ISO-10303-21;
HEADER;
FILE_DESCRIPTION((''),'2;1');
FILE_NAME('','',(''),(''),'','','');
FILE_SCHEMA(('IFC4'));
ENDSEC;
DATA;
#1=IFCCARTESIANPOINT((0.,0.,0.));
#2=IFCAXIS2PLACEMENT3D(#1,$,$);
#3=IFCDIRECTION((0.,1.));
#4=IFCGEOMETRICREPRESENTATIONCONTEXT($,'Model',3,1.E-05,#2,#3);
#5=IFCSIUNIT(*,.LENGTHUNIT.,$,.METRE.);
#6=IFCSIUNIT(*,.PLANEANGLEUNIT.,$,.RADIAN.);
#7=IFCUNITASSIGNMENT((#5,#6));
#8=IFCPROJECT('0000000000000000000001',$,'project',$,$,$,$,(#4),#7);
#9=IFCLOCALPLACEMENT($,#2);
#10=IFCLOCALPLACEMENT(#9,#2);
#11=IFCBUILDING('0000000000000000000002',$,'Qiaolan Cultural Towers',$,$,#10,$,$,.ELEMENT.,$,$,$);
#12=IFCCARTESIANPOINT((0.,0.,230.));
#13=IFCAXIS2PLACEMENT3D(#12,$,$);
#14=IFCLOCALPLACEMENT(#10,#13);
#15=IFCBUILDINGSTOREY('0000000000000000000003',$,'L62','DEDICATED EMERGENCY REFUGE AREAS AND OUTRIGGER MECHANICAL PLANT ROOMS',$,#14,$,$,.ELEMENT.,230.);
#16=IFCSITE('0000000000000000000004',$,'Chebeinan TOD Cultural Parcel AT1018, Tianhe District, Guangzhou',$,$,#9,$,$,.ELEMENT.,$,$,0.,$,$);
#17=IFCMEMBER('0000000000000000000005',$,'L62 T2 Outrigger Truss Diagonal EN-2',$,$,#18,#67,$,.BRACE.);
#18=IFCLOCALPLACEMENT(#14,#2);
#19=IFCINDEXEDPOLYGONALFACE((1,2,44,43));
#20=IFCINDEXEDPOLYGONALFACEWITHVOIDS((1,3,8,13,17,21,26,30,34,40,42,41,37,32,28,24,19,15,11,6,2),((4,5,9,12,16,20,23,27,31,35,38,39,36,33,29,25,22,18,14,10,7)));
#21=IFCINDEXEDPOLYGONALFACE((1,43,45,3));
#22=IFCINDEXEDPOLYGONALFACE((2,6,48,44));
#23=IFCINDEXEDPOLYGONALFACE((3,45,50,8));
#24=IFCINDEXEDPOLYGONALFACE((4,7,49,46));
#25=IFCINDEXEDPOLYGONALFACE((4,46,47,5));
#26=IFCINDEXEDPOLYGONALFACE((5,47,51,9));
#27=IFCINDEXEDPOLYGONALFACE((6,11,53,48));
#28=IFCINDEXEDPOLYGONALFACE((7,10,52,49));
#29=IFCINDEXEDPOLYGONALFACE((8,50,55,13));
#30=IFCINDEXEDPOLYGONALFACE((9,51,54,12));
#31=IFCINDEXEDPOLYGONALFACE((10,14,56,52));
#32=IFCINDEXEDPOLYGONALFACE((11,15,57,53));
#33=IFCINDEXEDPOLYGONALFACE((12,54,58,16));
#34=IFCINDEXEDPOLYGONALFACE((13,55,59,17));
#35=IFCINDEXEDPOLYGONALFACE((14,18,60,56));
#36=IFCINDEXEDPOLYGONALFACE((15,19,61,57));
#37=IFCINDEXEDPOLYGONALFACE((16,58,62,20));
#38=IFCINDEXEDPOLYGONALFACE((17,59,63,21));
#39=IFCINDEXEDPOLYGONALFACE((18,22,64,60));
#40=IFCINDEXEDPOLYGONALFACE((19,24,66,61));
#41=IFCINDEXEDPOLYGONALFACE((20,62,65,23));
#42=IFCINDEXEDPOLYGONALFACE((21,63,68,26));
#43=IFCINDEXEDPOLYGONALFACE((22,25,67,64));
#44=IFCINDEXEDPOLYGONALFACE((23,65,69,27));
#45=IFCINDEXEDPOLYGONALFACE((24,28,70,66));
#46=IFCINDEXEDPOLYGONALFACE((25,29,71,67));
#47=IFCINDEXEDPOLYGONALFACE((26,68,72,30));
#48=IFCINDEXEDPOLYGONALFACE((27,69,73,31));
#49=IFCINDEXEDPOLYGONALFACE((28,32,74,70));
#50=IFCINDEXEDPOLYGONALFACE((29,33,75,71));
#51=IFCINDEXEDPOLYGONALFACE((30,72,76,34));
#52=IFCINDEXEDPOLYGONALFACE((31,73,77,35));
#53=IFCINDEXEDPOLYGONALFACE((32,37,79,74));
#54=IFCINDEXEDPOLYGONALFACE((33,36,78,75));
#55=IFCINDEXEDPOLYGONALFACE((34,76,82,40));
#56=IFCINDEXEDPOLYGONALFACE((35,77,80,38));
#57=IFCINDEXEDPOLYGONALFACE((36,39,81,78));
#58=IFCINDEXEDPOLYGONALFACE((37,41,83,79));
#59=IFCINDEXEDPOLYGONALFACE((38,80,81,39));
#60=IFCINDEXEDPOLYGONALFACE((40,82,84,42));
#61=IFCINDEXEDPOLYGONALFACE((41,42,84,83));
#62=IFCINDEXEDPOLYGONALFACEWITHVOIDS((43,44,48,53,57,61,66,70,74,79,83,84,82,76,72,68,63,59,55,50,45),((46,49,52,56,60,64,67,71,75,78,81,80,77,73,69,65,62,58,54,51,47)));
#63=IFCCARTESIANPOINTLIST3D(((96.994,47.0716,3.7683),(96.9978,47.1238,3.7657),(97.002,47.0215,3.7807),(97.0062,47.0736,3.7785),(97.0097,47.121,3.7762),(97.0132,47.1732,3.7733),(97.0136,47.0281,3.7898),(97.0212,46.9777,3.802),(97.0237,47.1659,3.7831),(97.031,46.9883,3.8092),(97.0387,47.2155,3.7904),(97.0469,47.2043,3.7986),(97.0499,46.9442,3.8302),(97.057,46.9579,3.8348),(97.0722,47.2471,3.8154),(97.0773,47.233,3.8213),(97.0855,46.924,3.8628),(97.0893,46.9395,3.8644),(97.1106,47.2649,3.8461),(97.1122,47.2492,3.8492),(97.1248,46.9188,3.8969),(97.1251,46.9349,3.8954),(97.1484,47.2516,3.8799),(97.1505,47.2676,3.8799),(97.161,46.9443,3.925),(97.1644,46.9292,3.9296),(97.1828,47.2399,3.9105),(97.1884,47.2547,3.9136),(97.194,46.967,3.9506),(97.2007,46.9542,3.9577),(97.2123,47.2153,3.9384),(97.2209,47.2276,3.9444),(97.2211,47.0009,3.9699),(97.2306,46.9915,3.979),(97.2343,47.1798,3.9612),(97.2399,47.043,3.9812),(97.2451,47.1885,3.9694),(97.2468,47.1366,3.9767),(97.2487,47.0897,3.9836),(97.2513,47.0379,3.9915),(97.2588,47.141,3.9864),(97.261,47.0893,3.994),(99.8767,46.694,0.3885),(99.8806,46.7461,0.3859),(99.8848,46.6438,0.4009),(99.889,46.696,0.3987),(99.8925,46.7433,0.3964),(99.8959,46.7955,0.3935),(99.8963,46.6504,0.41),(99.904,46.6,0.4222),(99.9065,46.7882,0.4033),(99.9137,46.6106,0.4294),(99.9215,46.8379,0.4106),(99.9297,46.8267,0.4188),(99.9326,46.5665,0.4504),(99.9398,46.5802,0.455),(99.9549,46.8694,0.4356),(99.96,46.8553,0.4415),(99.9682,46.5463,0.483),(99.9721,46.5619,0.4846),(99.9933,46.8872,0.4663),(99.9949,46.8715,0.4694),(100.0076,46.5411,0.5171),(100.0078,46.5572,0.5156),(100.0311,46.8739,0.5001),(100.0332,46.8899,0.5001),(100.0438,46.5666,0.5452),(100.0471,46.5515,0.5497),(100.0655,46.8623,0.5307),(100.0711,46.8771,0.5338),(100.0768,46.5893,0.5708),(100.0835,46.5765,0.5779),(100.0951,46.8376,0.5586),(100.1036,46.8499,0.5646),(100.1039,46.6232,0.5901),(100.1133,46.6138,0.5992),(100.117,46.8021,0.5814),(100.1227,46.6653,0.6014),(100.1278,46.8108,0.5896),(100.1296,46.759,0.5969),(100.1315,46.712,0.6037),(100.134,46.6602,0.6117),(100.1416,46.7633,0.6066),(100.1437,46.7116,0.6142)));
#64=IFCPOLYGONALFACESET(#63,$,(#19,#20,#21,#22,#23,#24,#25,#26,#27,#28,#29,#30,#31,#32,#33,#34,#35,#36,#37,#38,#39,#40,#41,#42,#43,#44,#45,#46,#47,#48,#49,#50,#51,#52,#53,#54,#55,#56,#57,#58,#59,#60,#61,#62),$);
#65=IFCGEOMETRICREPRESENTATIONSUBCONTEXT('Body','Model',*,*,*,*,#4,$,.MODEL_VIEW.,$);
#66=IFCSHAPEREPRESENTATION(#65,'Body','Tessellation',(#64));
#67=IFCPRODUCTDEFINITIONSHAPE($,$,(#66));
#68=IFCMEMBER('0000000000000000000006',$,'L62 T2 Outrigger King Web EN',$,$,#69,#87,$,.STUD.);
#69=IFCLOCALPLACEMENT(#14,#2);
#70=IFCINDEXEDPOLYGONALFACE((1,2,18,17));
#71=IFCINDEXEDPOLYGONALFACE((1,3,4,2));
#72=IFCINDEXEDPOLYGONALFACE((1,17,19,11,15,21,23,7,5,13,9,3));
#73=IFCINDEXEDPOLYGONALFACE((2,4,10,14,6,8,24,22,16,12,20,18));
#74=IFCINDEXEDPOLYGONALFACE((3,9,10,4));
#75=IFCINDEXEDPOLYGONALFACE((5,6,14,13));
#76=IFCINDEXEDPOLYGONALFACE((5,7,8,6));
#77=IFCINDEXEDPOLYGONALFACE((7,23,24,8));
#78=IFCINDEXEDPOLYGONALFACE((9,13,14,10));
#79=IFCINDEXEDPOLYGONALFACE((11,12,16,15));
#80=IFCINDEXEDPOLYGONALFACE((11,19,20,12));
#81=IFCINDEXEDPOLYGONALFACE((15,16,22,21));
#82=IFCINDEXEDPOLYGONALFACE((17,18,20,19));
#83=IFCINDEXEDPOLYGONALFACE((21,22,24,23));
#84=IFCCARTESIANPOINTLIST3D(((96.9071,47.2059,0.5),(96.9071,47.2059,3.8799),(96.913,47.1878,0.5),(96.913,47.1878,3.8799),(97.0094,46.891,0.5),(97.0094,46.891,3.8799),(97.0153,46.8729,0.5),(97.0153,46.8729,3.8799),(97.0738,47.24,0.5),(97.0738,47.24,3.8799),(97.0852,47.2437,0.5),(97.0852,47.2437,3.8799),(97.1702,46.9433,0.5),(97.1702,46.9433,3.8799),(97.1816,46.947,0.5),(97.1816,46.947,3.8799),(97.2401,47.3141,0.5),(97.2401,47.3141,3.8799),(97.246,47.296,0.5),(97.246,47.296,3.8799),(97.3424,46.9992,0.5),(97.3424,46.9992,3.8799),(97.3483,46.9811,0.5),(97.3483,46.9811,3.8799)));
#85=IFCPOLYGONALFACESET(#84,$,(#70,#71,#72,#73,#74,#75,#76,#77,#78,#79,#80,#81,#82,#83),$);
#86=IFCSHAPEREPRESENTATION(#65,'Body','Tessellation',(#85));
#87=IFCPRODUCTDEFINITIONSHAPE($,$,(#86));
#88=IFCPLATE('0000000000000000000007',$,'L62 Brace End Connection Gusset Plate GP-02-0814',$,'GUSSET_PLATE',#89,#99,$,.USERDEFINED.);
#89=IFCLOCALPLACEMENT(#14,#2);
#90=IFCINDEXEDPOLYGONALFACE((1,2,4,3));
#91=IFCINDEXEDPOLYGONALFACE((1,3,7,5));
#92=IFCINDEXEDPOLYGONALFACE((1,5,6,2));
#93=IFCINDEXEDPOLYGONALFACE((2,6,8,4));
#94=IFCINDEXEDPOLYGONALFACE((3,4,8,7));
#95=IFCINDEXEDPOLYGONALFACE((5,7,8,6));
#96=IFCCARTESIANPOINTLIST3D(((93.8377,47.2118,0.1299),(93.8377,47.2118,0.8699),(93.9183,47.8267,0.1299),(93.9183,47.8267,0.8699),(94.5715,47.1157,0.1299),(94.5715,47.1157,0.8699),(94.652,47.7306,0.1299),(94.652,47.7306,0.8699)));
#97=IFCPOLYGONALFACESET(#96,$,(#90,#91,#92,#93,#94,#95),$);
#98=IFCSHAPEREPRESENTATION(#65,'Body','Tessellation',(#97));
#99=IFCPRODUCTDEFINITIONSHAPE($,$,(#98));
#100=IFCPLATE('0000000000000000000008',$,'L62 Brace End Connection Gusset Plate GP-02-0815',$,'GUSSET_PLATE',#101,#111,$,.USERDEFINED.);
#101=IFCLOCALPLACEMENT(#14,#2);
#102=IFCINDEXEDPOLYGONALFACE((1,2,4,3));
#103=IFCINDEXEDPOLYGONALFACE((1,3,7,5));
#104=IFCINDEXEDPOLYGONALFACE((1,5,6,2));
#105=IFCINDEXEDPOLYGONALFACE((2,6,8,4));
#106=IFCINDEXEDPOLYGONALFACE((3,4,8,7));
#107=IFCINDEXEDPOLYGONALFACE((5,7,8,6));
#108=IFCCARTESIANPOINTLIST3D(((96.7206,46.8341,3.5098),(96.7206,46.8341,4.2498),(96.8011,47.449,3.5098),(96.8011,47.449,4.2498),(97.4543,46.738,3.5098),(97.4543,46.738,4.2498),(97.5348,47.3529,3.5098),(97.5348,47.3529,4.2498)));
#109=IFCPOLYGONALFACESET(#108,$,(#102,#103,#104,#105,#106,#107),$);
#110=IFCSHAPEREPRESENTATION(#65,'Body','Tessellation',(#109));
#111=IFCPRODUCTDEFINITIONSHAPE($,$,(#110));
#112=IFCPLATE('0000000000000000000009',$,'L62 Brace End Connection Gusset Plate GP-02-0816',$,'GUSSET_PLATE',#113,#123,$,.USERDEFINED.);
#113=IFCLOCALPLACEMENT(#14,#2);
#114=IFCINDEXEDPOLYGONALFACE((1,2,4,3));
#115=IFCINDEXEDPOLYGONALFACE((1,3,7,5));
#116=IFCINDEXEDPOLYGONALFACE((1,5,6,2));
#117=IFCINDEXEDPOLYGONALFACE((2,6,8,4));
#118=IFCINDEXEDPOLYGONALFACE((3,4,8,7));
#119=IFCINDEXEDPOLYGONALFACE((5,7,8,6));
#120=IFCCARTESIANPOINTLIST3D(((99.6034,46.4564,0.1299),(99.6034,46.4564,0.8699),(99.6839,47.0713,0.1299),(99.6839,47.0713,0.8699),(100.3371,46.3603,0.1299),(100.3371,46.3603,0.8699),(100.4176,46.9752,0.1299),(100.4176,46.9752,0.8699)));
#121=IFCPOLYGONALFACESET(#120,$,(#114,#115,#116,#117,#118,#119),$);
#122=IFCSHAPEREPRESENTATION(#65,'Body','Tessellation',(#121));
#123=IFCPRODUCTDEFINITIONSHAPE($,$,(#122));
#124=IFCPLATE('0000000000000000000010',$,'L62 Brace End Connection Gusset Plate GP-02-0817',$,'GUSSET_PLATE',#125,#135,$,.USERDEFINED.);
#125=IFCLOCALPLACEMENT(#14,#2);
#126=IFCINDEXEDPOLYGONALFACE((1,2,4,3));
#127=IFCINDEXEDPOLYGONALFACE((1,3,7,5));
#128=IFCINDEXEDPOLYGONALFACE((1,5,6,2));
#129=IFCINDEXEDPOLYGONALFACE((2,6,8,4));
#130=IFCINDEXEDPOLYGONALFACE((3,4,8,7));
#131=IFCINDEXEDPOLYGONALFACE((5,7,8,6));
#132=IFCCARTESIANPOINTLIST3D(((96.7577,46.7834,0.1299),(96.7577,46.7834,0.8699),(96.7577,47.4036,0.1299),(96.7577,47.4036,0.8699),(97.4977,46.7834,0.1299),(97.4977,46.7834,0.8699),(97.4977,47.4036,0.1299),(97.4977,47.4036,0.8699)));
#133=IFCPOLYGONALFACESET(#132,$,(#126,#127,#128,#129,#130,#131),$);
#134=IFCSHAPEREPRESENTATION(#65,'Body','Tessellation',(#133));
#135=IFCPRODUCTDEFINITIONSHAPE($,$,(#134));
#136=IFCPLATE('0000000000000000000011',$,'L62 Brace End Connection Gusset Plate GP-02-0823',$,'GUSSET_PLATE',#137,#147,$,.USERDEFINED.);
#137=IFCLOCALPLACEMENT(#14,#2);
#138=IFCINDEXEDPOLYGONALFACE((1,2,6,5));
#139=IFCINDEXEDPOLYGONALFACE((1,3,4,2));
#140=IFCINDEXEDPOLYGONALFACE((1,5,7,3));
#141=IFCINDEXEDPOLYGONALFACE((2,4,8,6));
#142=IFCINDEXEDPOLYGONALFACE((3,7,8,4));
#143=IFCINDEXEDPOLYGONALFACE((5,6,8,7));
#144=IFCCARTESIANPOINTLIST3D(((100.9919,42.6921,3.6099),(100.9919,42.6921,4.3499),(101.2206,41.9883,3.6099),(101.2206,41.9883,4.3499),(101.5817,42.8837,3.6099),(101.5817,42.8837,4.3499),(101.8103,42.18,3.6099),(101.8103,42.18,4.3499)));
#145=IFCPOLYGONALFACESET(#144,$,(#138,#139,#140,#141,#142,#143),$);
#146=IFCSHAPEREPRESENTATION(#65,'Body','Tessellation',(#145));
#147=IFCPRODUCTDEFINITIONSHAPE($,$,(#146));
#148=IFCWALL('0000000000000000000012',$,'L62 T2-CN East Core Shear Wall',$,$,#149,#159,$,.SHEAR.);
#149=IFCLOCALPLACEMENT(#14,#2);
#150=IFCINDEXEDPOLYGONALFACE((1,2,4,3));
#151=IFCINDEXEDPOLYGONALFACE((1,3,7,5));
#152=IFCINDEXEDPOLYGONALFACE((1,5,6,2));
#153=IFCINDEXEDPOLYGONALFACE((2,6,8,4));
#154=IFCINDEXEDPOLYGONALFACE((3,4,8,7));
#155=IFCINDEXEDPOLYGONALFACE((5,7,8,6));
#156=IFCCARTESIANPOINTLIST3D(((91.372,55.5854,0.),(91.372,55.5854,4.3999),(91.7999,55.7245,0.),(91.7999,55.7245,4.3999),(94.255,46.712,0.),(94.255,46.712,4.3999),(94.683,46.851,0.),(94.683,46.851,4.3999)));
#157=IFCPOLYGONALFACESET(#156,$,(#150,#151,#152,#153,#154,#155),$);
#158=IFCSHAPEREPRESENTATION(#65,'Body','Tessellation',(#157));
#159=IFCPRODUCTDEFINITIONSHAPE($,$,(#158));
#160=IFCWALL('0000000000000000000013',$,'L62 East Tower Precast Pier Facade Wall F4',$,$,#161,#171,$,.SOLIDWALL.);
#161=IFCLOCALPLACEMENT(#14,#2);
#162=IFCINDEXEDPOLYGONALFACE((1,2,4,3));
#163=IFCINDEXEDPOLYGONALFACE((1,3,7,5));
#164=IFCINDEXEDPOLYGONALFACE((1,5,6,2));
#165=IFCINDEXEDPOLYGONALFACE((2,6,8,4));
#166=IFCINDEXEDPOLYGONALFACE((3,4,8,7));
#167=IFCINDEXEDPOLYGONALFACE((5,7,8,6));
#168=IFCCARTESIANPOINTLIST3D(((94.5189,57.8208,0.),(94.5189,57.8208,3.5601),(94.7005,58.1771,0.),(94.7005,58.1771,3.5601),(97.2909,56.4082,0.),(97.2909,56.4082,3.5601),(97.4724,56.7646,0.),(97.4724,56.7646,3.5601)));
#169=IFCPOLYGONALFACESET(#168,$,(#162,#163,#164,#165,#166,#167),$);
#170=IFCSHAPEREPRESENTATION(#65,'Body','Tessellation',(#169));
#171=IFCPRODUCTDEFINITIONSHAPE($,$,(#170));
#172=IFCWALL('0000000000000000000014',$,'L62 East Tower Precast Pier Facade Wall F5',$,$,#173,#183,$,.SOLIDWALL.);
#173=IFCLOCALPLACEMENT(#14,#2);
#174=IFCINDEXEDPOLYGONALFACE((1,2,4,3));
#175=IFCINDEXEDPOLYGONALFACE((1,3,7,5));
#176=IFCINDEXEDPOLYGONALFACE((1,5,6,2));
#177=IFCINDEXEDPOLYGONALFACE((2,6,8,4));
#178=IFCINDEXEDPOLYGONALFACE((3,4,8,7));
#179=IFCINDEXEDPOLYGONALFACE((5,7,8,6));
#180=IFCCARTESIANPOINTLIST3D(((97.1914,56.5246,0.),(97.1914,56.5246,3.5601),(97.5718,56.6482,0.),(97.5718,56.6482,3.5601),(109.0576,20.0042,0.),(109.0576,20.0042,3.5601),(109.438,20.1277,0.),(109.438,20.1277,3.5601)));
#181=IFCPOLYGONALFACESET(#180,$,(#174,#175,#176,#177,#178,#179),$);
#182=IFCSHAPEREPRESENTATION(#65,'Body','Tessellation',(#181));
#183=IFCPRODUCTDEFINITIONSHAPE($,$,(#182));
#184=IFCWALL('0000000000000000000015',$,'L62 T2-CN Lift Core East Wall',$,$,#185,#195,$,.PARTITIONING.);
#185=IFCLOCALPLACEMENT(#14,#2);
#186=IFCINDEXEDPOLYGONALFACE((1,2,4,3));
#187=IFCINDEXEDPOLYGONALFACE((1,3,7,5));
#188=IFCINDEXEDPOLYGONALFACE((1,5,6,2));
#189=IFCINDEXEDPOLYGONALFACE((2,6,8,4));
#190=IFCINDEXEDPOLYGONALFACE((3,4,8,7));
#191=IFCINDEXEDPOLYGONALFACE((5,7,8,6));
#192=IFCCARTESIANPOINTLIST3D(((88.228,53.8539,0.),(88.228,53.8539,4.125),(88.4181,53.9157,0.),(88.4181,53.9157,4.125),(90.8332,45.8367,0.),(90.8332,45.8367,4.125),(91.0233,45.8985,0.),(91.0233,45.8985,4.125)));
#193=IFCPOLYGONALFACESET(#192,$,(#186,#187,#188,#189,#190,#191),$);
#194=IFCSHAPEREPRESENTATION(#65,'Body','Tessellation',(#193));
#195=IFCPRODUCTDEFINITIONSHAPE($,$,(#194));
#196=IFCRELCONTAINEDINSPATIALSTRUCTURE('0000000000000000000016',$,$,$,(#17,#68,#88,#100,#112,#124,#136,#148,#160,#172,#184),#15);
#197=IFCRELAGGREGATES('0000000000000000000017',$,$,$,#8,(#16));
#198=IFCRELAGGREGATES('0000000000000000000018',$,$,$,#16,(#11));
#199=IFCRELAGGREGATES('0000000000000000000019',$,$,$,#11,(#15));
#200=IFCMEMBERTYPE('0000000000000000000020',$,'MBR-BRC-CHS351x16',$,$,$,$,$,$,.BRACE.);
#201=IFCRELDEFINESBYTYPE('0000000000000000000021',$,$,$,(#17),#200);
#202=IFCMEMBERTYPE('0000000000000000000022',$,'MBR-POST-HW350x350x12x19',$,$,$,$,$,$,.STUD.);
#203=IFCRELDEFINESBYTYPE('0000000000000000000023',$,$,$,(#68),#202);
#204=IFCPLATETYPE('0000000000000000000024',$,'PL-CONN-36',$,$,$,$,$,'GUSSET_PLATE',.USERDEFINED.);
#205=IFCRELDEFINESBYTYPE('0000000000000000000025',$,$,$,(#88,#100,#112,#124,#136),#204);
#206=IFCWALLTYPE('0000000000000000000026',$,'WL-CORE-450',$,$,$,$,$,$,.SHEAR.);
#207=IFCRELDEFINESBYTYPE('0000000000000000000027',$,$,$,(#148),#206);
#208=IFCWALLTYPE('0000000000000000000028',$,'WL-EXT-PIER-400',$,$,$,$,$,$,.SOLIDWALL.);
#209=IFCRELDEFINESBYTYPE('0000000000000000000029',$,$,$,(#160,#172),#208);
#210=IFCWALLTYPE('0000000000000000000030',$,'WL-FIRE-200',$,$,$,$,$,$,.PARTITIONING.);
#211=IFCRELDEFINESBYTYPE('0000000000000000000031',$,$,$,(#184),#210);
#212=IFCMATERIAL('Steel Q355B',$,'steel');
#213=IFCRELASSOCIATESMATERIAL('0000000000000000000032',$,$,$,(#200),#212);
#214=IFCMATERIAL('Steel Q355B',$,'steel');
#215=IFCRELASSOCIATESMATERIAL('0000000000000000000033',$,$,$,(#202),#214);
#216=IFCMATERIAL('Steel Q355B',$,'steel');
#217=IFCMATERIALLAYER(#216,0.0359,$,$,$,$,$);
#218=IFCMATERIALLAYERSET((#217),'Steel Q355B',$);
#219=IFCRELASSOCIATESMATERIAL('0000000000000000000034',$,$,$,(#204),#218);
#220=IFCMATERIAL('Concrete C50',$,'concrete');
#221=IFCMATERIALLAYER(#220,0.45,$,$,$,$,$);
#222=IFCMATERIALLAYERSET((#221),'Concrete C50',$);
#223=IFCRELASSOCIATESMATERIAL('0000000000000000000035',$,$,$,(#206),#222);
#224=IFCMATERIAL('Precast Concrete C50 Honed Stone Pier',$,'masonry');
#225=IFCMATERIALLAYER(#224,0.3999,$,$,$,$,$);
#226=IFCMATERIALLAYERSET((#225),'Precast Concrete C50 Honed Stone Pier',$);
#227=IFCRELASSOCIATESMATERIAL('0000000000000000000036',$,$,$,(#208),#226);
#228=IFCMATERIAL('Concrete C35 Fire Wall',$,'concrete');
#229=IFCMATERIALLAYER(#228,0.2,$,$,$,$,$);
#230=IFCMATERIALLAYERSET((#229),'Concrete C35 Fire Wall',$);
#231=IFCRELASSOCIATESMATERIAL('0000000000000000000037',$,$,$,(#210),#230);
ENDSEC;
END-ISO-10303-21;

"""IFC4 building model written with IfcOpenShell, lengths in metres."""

from ifc_helpers import new_model, si_unit, direction, frame, frame_2d, origin, origin_2d, place, context, subcontext, project, spatial, rectangle, hollow_circle, i_section, extrude, material, layer, layer_set, material_profile, profile_set, type_object, element, save


model = new_model("IFC4")

# Units and contexts
model_context = context("Model", 3, precision=1e-05, world=origin(), true_north=direction((0.0, 1.0)))
body_context = subcontext(model_context, "Body", "Model", "MODEL_VIEW")
ifc_project = project(units=[si_unit("LENGTHUNIT", "METRE"), si_unit("PLANEANGLEUNIT", "RADIAN")], contexts=[model_context])

# Site, building, storey
site_placement = place(None, origin())
site = spatial("IfcSite", under=ifc_project, at=site_placement, Name="Chebeinan TOD Cultural Parcel AT1018, Tianhe District, Guangzhou", CompositionType="ELEMENT", RefElevation=0.0)
building_placement = place(site_placement, origin())
building = spatial("IfcBuilding", under=site, at=building_placement, Name="Qiaolan Cultural Towers", CompositionType="ELEMENT")
storey_placement = place(building_placement, frame((0.0, 0.0, 230.0)))
storey = spatial("IfcBuildingStorey", under=building, at=storey_placement, Name="L62", Description="DEDICATED EMERGENCY REFUGE AREAS AND OUTRIGGER MECHANICAL PLANT ROOMS", CompositionType="ELEMENT", Elevation=230.0)

# Members
ifc_material_1 = material(Name="Steel Q355B", Category="steel")
ifc_material_profile_1 = material_profile(ifc_material_1, hollow_circle(Radius=0.1755, WallThickness=0.0161, at=origin_2d()), Name="CHS351x16")
ifc_profile_set_1 = profile_set([ifc_material_profile_1], Name="Steel Q355B")
member_type_1 = type_object("IfcMemberType", Name="MBR-BRC-CHS351x16", PredefinedType="BRACE", material=ifc_profile_set_1)
for number, where, z_axis, x_axis, name in (
    (1, (97.1277, 47.0935, 3.8799), (0.64661, -0.084714, -0.758102), (0.129903, 0.991527, 0.0), "L62 T2 Outrigger Truss Diagonal EN-2"),
):
    element("IfcMember", number, at=place(storey_placement, frame(where, z_axis=z_axis, x_axis=x_axis)), inside=storey, type_object=member_type_1, Name=name, PredefinedType="BRACE", context=body_context, shape_type="SweptSolid", body=[
        extrude(hollow_circle(Radius=0.1755, WallThickness=0.0161, at=origin_2d()), origin(), (0.0, 0.0, 1.0), 4.4583),
    ])
ifc_material_2 = material(Name="Steel Q355B", Category="steel")
ifc_material_profile_2 = material_profile(ifc_material_2, i_section(OverallWidth=0.3501, OverallDepth=0.3501, WebThickness=0.012, FlangeThickness=0.019, at=origin_2d()), Name="HW350x350x12x19")
ifc_profile_set_2 = profile_set([ifc_material_profile_2], Name="Steel Q355B")
member_type_2 = type_object("IfcMemberType", Name="MBR-POST-HW350x350x12x19", PredefinedType="STUD", material=ifc_profile_set_2)
member_placement = place(storey_placement, frame((97.1277, 47.0935, 0.5), z_axis=(0.0, 0.0, 1.0), x_axis=(0.951057, 0.309017, 0.0)))
element("IfcMember", 2, at=member_placement, inside=storey, type_object=member_type_2, Name="L62 T2 Outrigger King Web EN", PredefinedType="STUD", context=body_context, shape_type="SweptSolid", body=[
    extrude(i_section(OverallWidth=0.3501, OverallDepth=0.3501, WebThickness=0.012, FlangeThickness=0.019, at=origin_2d()), origin(), (0.0, 0.0, 1.0), 3.3799),
])

# Plates
ifc_material_3 = material(Name="Steel Q355B", Category="steel")
ifc_layer_1 = layer(ifc_material_3, 0.0359)
ifc_layer_set_1 = layer_set([ifc_layer_1], Name="Steel Q355B")
plate_type = type_object("IfcPlateType", Name="PL-CONN-36", ElementType="GUSSET_PLATE", PredefinedType="USERDEFINED", material=ifc_layer_set_1)
for number, where, z_axis, x_axis, name in (
    (3, (94.2449, 47.4712, 0.1299), (0.0, 0.0, 1.0), (-0.991528, 0.129892, 0.0), "L62 Brace End Connection Gusset Plate GP-02-0814"),
    (4, (97.1277, 47.0935, 3.5098), (0.0, 0.0, 1.0), (-0.991528, 0.129892, 0.0), "L62 Brace End Connection Gusset Plate GP-02-0815"),
    (5, (100.0105, 46.7158, 0.1299), (0.0, 0.0, 1.0), (-0.991528, 0.129892, 0.0), "L62 Brace End Connection Gusset Plate GP-02-0816"),
    (6, (97.1277, 47.0935, 0.1299), (0.0, 0.0, 1.0), (1.0, 0.0, 0.0), "L62 Brace End Connection Gusset Plate GP-02-0817"),
    (7, (101.4011, 42.436, 3.6099), (0.0, 0.0, 1.0), (-0.309017, 0.951057, 0.0), "L62 Brace End Connection Gusset Plate GP-02-0823"),
):
    element("IfcPlate", number, at=place(storey_placement, frame(where, z_axis=z_axis, x_axis=x_axis)), inside=storey, type_object=plate_type, Name=name, ObjectType="GUSSET_PLATE", PredefinedType="USERDEFINED", context=body_context, shape_type="SweptSolid", body=[
        extrude(rectangle(XDim=0.74, YDim=0.6201, at=origin_2d()), origin(), (0.0, 0.0, 1.0), 0.74),
    ])

# Walls
ifc_material_4 = material(Name="Concrete C50", Category="concrete")
ifc_layer_2 = layer(ifc_material_4, 0.45)
ifc_layer_set_2 = layer_set([ifc_layer_2], Name="Concrete C50")
wall_type_1 = type_object("IfcWallType", Name="WL-CORE-450", PredefinedType="SHEAR", material=ifc_layer_set_2)
wall_1_placement = place(storey_placement, frame((94.469, 46.7815, 0.0), z_axis=(0.0, 0.0, 1.0), x_axis=(-0.309004, 0.951061, 0.0)))
element("IfcWall", 8, at=wall_1_placement, inside=storey, type_object=wall_type_1, Name="L62 T2-CN East Core Shear Wall", PredefinedType="SHEAR", context=body_context, shape_type="SweptSolid", body=[
    extrude(rectangle(XDim=9.3301, YDim=0.45, at=frame_2d((4.665, 0.0))), origin(), (0.0, 0.0, 1.0), 4.3999),
])
ifc_material_5 = material(Name="Precast Concrete C50 Honed Stone Pier", Category="masonry")
ifc_layer_3 = layer(ifc_material_5, 0.3999)
ifc_layer_set_3 = layer_set([ifc_layer_3], Name="Precast Concrete C50 Honed Stone Pier")
wall_type_2 = type_object("IfcWallType", Name="WL-EXT-PIER-400", PredefinedType="SOLIDWALL", material=ifc_layer_set_3)
wall_2_placement = place(storey_placement, frame((94.6096, 57.999, 0.0), z_axis=(0.0, 0.0, 1.0), x_axis=(0.89098, -0.454043, 0.0)))
element("IfcWall", 9, at=wall_2_placement, inside=storey, type_object=wall_type_2, Name="L62 East Tower Precast Pier Facade Wall F4", PredefinedType="SOLIDWALL", context=body_context, shape_type="SweptSolid", body=[
    extrude(rectangle(XDim=3.1111, YDim=0.3999, at=frame_2d((1.5557, 0.0))), origin(), (0.0, 0.0, 1.0), 3.5601),
])
wall_3_placement = place(storey_placement, frame((97.3816, 56.5864, 0.0), z_axis=(0.0, 0.0, 1.0), x_axis=(0.309016, -0.951057, 0.0)))
element("IfcWall", 10, at=wall_3_placement, inside=storey, type_object=wall_type_2, Name="L62 East Tower Precast Pier Facade Wall F5", PredefinedType="SOLIDWALL", context=body_context, shape_type="SweptSolid", body=[
    extrude(rectangle(XDim=38.3999, YDim=0.3999, at=frame_2d((19.2, 0.0))), origin(), (0.0, 0.0, 1.0), 3.5601),
])
ifc_material_6 = material(Name="Concrete C35 Fire Wall", Category="concrete")
ifc_layer_4 = layer(ifc_material_6, 0.2)
ifc_layer_set_4 = layer_set([ifc_layer_4], Name="Concrete C35 Fire Wall")
wall_type_3 = type_object("IfcWallType", Name="WL-FIRE-200", PredefinedType="PARTITIONING", material=ifc_layer_set_4)
wall_4_placement = place(storey_placement, frame((90.9282, 45.8677, 0.0), z_axis=(0.0, 0.0, 1.0), x_axis=(-0.309042, 0.951048, 0.0)))
element("IfcWall", 11, at=wall_4_placement, inside=storey, type_object=wall_type_3, Name="L62 T2-CN Lift Core East Wall", PredefinedType="PARTITIONING", context=body_context, shape_type="SweptSolid", body=[
    extrude(rectangle(XDim=8.4299, YDim=0.2, at=frame_2d((4.2148, 0.0))), origin(), (0.0, 0.0, 1.0), 4.125),
])

save(model, "model.ifc")
